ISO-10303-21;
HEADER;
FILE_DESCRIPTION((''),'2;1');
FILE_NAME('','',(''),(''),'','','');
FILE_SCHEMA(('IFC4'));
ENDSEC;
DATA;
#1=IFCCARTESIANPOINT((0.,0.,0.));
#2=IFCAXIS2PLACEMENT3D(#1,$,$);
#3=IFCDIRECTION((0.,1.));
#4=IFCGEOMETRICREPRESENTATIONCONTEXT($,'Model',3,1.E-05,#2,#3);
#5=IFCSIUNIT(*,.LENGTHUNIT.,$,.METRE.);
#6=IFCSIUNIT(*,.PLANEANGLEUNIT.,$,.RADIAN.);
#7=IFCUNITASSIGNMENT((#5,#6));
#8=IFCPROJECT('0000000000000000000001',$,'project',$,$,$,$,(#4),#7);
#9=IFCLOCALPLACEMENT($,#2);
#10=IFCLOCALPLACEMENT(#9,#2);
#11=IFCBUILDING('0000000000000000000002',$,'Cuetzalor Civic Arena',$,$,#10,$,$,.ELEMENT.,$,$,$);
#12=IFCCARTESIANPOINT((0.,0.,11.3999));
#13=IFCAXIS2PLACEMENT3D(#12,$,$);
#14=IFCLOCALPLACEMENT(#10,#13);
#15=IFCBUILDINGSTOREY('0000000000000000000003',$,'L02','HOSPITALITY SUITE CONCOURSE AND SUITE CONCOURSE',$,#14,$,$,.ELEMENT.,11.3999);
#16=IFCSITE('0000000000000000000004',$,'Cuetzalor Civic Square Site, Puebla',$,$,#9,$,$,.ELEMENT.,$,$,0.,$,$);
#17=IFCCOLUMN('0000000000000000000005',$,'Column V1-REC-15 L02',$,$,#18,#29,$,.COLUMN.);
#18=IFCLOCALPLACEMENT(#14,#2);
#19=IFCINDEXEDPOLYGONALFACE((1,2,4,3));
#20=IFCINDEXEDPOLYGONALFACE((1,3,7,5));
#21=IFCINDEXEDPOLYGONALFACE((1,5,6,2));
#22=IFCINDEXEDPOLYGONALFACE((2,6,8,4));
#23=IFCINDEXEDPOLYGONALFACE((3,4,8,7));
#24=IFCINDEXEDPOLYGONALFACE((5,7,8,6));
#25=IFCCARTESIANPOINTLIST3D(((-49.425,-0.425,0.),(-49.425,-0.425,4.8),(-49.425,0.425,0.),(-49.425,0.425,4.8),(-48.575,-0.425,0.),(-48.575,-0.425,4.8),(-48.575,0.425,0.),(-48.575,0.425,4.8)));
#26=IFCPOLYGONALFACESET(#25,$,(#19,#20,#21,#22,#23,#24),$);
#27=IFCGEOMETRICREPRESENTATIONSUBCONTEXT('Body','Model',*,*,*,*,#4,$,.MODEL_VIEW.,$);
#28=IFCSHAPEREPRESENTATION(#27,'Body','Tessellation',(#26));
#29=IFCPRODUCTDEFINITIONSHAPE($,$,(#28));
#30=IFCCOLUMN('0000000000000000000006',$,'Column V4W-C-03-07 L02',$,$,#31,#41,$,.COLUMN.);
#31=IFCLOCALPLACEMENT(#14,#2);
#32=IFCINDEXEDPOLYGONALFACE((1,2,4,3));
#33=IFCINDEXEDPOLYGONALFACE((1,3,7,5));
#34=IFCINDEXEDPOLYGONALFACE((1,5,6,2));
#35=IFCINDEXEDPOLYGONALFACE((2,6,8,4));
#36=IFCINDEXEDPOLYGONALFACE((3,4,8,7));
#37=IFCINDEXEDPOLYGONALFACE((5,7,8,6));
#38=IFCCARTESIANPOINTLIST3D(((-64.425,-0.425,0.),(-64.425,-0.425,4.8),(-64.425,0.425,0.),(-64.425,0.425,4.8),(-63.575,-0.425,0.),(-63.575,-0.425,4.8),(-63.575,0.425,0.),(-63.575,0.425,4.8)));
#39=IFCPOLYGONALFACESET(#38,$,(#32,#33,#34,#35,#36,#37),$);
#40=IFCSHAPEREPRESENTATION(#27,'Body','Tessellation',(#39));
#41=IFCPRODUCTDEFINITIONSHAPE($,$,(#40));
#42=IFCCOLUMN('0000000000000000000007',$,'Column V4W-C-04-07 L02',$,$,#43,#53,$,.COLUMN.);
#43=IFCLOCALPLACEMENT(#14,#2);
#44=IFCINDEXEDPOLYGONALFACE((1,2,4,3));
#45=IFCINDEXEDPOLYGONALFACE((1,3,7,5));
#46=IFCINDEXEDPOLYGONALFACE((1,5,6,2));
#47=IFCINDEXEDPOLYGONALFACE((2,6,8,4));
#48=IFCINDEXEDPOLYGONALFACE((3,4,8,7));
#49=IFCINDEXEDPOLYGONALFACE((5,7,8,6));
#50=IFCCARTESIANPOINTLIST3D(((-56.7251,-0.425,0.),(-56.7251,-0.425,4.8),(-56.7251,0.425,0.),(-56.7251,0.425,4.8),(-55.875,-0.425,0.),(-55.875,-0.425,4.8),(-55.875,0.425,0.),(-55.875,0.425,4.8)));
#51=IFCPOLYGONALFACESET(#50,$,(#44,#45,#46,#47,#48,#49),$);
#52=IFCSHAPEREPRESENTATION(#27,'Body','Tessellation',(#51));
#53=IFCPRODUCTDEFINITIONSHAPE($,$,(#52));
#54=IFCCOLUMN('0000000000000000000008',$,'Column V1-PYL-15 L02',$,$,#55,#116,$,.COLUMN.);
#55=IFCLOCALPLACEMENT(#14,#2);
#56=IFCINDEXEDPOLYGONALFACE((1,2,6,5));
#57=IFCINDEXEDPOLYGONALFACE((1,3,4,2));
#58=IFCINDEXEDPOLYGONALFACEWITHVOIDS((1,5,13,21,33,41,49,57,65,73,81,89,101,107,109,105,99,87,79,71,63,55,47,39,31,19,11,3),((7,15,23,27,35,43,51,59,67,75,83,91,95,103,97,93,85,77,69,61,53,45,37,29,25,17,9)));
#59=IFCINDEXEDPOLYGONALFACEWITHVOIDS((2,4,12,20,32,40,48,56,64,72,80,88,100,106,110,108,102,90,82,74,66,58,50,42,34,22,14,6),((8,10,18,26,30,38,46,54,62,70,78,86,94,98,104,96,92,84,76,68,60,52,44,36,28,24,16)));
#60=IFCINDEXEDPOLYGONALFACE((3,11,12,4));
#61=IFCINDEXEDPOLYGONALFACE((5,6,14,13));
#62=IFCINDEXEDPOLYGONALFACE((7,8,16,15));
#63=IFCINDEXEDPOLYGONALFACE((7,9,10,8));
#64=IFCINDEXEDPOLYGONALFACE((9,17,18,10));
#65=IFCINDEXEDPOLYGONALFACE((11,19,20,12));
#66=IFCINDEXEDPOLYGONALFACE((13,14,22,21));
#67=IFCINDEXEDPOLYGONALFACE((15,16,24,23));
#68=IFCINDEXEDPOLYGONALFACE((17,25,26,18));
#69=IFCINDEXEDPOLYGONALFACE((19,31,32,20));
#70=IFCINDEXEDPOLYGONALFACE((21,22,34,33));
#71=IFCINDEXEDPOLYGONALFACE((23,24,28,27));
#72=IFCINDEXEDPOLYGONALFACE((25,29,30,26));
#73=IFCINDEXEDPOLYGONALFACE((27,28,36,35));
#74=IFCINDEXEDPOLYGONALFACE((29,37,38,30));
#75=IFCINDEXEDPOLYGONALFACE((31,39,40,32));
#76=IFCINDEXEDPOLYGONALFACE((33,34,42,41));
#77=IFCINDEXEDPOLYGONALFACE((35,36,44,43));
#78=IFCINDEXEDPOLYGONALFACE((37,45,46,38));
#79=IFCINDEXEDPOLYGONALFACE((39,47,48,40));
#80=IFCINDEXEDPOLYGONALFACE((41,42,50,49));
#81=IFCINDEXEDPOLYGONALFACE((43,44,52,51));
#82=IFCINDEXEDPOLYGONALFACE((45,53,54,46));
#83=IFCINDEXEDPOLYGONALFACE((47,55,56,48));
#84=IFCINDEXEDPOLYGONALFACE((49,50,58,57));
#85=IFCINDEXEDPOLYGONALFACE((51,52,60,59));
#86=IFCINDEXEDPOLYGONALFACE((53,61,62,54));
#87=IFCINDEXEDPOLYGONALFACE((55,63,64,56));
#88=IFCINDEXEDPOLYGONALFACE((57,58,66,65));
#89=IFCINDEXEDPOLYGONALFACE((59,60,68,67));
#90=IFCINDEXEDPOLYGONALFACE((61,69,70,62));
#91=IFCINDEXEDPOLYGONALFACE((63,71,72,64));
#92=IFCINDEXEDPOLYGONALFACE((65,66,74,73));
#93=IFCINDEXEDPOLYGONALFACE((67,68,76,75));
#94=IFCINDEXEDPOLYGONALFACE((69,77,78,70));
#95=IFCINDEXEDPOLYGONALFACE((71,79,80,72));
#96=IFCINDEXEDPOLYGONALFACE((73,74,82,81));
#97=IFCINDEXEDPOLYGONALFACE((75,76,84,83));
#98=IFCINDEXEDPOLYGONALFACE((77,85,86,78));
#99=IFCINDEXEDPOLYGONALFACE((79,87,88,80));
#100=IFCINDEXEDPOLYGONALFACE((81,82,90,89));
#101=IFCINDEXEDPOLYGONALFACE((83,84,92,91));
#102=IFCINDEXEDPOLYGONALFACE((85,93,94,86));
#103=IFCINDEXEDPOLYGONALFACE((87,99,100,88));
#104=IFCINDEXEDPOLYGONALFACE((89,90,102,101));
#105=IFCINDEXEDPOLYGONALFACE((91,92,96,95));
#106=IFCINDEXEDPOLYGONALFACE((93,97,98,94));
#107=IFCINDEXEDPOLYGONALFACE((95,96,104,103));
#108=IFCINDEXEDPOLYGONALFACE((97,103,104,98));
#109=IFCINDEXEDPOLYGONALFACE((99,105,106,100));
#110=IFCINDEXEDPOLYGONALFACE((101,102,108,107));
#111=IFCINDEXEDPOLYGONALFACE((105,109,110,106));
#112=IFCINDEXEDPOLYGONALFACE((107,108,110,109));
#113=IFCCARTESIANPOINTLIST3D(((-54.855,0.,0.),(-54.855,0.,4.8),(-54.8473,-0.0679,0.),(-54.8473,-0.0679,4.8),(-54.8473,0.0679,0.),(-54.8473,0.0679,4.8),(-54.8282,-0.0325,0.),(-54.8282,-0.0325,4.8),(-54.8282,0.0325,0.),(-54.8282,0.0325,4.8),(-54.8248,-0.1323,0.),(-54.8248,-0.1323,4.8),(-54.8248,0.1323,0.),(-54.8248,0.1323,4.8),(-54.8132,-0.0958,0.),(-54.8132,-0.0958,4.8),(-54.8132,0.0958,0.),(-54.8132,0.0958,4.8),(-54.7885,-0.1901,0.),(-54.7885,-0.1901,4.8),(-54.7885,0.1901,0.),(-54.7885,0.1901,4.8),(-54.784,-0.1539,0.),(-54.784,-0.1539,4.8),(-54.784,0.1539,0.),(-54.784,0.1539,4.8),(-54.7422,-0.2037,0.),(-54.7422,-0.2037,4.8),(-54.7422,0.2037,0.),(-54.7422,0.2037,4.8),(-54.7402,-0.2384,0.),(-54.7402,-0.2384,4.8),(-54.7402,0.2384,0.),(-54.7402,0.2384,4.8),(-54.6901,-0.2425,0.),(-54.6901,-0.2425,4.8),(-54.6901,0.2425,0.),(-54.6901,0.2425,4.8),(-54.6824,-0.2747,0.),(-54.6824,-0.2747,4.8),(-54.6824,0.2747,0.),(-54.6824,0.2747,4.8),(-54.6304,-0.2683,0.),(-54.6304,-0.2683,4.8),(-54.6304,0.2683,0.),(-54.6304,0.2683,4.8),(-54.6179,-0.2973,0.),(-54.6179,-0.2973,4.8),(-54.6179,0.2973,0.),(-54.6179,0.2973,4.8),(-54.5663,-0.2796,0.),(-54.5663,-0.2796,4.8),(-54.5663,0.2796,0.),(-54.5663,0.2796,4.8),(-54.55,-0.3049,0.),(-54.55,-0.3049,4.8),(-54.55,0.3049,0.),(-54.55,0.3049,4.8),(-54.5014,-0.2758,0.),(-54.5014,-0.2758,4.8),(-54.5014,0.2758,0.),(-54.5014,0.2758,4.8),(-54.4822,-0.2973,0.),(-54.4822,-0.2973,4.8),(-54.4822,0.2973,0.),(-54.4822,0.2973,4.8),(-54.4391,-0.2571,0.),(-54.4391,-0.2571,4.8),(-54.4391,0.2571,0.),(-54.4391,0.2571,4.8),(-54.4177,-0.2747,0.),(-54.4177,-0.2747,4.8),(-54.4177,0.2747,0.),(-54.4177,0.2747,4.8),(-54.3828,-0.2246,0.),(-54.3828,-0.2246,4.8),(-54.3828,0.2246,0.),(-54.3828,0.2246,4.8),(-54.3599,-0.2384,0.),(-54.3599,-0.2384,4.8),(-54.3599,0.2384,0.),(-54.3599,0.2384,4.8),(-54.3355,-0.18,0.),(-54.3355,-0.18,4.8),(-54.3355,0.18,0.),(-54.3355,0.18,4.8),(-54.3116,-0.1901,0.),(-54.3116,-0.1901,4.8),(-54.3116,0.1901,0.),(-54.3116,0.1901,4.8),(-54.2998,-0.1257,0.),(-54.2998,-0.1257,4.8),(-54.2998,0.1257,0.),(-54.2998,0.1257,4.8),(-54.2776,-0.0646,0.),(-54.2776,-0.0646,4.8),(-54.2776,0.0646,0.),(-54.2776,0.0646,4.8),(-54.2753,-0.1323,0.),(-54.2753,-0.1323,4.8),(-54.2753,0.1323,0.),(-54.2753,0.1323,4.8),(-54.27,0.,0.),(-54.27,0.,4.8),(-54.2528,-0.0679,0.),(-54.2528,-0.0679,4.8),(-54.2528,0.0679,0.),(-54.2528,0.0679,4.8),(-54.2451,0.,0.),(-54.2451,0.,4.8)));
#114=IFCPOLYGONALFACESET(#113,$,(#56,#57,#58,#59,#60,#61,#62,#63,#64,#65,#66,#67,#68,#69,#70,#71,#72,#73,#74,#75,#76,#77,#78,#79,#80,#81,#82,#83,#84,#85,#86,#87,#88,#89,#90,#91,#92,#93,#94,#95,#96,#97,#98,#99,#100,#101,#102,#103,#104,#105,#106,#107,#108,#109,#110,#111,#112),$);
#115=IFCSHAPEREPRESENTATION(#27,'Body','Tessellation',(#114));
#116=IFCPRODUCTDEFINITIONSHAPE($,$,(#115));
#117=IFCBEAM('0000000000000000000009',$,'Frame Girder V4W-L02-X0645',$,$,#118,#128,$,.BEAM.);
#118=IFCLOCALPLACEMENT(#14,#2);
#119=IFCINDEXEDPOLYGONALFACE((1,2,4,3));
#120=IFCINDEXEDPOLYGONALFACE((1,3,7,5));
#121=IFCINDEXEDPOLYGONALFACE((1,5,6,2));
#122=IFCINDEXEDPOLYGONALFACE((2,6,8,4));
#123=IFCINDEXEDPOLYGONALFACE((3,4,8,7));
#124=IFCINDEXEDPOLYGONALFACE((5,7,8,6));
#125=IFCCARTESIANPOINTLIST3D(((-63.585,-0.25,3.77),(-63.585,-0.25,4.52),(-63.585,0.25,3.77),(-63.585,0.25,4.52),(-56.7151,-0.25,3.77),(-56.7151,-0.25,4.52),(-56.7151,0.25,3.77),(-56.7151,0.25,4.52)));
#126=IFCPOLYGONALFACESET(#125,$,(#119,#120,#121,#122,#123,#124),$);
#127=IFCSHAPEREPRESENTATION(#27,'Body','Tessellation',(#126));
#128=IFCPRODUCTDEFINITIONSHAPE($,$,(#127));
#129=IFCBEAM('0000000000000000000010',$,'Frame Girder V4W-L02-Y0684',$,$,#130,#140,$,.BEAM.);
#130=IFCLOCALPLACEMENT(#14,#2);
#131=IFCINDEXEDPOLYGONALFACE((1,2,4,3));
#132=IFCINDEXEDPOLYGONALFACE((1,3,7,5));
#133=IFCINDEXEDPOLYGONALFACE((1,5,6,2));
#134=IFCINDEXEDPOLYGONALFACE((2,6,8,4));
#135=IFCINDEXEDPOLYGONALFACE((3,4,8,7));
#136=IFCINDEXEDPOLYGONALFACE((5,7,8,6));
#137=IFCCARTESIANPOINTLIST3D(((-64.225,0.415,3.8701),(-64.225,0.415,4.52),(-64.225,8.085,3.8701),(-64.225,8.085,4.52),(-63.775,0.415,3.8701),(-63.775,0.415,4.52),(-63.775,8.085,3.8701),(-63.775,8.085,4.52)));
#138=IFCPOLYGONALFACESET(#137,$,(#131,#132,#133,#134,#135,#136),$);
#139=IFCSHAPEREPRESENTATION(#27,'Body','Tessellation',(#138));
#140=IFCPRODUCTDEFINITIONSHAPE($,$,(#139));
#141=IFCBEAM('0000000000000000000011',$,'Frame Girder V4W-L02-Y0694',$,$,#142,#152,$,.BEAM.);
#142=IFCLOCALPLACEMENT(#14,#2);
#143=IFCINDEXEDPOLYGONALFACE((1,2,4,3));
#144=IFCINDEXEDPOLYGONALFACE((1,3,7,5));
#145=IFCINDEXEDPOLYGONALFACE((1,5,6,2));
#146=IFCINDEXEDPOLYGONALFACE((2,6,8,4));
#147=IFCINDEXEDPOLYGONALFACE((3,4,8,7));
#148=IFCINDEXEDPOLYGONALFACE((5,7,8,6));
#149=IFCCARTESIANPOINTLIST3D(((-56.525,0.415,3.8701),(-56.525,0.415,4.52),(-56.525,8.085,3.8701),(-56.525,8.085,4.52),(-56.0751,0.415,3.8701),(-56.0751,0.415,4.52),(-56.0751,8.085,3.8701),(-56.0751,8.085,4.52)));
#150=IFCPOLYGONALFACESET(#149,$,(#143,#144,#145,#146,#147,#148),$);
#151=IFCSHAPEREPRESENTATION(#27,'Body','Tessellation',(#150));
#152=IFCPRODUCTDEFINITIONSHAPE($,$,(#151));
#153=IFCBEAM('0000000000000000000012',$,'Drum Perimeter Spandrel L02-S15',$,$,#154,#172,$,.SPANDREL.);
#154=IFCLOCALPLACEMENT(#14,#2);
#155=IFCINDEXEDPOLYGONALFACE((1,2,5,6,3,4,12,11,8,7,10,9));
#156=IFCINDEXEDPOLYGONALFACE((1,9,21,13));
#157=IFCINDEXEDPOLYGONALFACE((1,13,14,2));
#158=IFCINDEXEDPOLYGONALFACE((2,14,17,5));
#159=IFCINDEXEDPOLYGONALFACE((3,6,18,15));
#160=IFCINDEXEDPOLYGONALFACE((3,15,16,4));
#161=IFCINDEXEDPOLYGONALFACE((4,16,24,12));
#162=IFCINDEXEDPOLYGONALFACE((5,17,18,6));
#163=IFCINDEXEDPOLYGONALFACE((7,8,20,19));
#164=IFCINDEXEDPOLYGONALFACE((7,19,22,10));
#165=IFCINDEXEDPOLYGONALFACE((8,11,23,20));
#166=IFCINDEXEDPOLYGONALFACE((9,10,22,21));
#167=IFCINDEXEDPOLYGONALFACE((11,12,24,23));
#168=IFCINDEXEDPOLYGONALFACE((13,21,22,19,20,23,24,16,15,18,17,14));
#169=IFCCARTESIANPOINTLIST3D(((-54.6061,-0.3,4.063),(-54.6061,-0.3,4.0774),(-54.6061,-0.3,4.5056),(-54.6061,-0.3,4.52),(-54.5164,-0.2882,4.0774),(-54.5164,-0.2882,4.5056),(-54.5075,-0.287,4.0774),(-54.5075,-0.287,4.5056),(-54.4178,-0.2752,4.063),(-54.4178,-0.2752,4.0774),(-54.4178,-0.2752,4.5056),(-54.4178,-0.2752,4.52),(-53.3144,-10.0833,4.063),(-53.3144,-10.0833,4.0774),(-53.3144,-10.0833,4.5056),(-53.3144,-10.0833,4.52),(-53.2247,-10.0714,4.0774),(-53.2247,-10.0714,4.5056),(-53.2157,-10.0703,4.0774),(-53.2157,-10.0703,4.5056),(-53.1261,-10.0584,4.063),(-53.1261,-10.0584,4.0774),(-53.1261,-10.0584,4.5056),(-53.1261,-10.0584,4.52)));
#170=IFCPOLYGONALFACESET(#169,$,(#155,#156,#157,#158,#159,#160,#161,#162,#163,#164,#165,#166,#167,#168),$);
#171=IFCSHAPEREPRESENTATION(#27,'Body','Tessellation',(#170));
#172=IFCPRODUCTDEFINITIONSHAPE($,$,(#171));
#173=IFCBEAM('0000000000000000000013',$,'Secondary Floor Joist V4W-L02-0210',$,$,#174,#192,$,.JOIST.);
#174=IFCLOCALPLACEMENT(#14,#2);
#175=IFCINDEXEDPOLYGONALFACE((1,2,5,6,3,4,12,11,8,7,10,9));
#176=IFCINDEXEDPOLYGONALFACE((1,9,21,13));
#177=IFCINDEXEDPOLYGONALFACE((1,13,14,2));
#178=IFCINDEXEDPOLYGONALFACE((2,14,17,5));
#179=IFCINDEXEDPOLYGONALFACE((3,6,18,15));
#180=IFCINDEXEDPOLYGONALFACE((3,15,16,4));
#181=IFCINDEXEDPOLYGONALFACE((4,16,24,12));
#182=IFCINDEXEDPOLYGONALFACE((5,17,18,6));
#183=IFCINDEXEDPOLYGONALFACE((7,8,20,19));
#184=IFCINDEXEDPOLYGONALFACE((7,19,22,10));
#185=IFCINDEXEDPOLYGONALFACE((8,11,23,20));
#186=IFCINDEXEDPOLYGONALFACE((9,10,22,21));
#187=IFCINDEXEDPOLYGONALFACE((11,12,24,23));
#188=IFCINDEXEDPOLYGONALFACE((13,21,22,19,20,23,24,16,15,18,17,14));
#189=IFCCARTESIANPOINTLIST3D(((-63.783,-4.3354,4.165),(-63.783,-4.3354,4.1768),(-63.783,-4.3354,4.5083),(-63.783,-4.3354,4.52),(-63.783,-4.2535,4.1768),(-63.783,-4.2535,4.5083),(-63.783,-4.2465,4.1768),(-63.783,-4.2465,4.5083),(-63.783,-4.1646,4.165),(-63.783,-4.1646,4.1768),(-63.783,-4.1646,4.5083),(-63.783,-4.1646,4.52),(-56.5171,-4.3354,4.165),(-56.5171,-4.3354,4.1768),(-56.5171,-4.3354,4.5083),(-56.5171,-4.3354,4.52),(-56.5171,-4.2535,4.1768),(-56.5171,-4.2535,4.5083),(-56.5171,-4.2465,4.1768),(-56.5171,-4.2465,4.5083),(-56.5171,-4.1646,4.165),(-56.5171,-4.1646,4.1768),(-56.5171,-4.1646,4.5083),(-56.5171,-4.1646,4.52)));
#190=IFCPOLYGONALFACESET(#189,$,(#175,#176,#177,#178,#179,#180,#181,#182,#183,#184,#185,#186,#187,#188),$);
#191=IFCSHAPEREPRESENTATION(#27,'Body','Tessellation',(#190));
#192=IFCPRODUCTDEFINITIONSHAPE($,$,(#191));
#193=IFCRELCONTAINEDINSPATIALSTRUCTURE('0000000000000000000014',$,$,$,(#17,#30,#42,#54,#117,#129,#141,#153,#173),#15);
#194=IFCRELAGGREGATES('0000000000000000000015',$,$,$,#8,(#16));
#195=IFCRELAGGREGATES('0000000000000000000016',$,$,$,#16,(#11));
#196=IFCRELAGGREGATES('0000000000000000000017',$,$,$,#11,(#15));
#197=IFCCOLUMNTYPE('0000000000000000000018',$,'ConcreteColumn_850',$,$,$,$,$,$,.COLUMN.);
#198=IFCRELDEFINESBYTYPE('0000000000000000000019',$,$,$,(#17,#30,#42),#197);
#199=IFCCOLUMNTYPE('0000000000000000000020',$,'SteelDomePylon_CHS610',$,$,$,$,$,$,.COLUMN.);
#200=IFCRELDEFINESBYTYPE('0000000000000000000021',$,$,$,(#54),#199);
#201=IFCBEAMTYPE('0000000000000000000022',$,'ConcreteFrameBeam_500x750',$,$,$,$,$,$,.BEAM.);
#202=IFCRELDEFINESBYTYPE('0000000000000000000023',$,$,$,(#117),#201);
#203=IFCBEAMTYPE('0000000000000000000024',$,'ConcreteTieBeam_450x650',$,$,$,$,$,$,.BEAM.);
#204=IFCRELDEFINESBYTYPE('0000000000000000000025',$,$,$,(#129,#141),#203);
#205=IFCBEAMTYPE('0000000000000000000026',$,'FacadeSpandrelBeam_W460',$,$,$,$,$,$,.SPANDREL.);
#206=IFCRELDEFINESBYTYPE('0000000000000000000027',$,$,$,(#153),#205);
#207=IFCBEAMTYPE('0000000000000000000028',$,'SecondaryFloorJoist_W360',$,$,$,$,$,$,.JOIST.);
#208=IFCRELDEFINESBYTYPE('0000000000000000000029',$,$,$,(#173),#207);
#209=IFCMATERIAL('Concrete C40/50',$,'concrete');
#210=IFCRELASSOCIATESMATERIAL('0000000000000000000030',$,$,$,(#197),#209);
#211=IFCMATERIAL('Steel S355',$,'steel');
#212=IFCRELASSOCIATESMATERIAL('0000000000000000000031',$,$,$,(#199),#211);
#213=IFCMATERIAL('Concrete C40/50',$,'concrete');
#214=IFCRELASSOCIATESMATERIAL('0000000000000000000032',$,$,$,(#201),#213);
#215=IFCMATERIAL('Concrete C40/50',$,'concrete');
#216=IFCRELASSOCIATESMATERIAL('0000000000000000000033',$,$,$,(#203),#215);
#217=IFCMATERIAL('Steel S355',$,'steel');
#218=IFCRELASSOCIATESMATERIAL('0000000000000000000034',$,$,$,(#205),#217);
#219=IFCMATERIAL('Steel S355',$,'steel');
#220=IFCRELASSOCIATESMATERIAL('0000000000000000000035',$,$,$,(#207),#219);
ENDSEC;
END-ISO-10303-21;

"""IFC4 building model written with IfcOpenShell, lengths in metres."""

from ifc_helpers import new_model, si_unit, direction, frame, origin, origin_2d, place, context, subcontext, project, spatial, rectangle, hollow_circle, i_section, extrude, material, material_profile, profile_set, type_object, element, save


model = new_model("IFC4")

# Units and contexts
model_context = context("Model", 3, precision=1e-05, world=origin(), true_north=direction((0.0, 1.0)))
body_context = subcontext(model_context, "Body", "Model", "MODEL_VIEW")
ifc_project = project(units=[si_unit("LENGTHUNIT", "METRE"), si_unit("PLANEANGLEUNIT", "RADIAN")], contexts=[model_context])

# Site, building, storey
site_placement = place(None, origin())
site = spatial("IfcSite", under=ifc_project, at=site_placement, Name="Cuetzalor Civic Square Site, Puebla", CompositionType="ELEMENT", RefElevation=0.0)
building_placement = place(site_placement, origin())
building = spatial("IfcBuilding", under=site, at=building_placement, Name="Cuetzalor Civic Arena", CompositionType="ELEMENT")
storey_placement = place(building_placement, frame((0.0, 0.0, 11.3999)))
storey = spatial("IfcBuildingStorey", under=building, at=storey_placement, Name="L02", Description="HOSPITALITY SUITE CONCOURSE AND SUITE CONCOURSE", CompositionType="ELEMENT", Elevation=11.3999)

# Columns
ifc_material_1 = material(Name="Concrete C40/50", Category="concrete")
ifc_material_profile_1 = material_profile(ifc_material_1, rectangle(XDim=0.8501, YDim=0.8501, at=origin_2d()), Name="RC 850x850")
ifc_profile_set_1 = profile_set([ifc_material_profile_1], Name="Concrete C40/50")
column_type_1 = type_object("IfcColumnType", Name="ConcreteColumn_850", PredefinedType="COLUMN", material=ifc_profile_set_1)
for number, where, z_axis, x_axis, name in (
    (1, (-49.0, 0.0, 0.0), (0.0, 0.0, 1.0), (1.0, 0.0, 0.0), "Column V1-REC-15 L02"),
    (2, (-64.0, 0.0, 0.0), (0.0, 0.0, 1.0), (1.0, 0.0, 0.0), "Column V4W-C-03-07 L02"),
    (3, (-56.3, 0.0, 0.0), (0.0, 0.0, 1.0), (1.0, 0.0, 0.0), "Column V4W-C-04-07 L02"),
):
    element("IfcColumn", number, at=place(storey_placement, frame(where, z_axis=z_axis, x_axis=x_axis)), inside=storey, type_object=column_type_1, Name=name, PredefinedType="COLUMN", context=body_context, shape_type="SweptSolid", body=[
        extrude(rectangle(XDim=0.8501, YDim=0.8501, at=origin_2d()), origin(), (0.0, 0.0, 1.0), 4.8),
    ])
ifc_material_2 = material(Name="Steel S355", Category="steel")
ifc_material_profile_2 = material_profile(ifc_material_2, hollow_circle(Radius=0.3049, WallThickness=0.0249, at=origin_2d()), Name="CHS 610x25")
ifc_profile_set_2 = profile_set([ifc_material_profile_2], Name="Steel S355")
column_type_2 = type_object("IfcColumnType", Name="SteelDomePylon_CHS610", PredefinedType="COLUMN", material=ifc_profile_set_2)
column_placement = place(storey_placement, frame((-54.55, 0.0, 0.0), z_axis=(0.0, 0.0, 1.0), x_axis=(1.0, 0.0, 0.0)))
element("IfcColumn", 4, at=column_placement, inside=storey, type_object=column_type_2, Name="Column V1-PYL-15 L02", PredefinedType="COLUMN", context=body_context, shape_type="SweptSolid", body=[
    extrude(hollow_circle(Radius=0.3049, WallThickness=0.0249, at=origin_2d()), origin(), (0.0, 0.0, 1.0), 4.8),
])

# Beams
ifc_material_3 = material(Name="Concrete C40/50", Category="concrete")
ifc_material_profile_3 = material_profile(ifc_material_3, rectangle(XDim=0.5, YDim=0.75, at=origin_2d()), Name="RC 500x750")
ifc_profile_set_3 = profile_set([ifc_material_profile_3], Name="Concrete C40/50")
beam_type_1 = type_object("IfcBeamType", Name="ConcreteFrameBeam_500x750", PredefinedType="BEAM", material=ifc_profile_set_3)
beam_1_placement = place(storey_placement, frame((-63.585, 0.0, 4.145), z_axis=(1.0, 0.0, 0.0), x_axis=(0.0, 1.0, 0.0)))
element("IfcBeam", 5, at=beam_1_placement, inside=storey, type_object=beam_type_1, Name="Frame Girder V4W-L02-X0645", PredefinedType="BEAM", context=body_context, shape_type="SweptSolid", body=[
    extrude(rectangle(XDim=0.5, YDim=0.75, at=origin_2d()), origin(), (0.0, 0.0, 1.0), 6.8699),
])
ifc_material_4 = material(Name="Concrete C40/50", Category="concrete")
ifc_material_profile_4 = material_profile(ifc_material_4, rectangle(XDim=0.45, YDim=0.6499, at=origin_2d()), Name="RC 450x650")
ifc_profile_set_4 = profile_set([ifc_material_profile_4], Name="Concrete C40/50")
beam_type_2 = type_object("IfcBeamType", Name="ConcreteTieBeam_450x650", PredefinedType="BEAM", material=ifc_profile_set_4)
for number, where, z_axis, x_axis, name in (
    (6, (-64.0, 0.415, 4.1951), (0.0, 1.0, 0.0), (-1.0, 0.0, 0.0), "Frame Girder V4W-L02-Y0684"),
    (7, (-56.3, 0.415, 4.1951), (0.0, 1.0, 0.0), (-1.0, 0.0, 0.0), "Frame Girder V4W-L02-Y0694"),
):
    element("IfcBeam", number, at=place(storey_placement, frame(where, z_axis=z_axis, x_axis=x_axis)), inside=storey, type_object=beam_type_2, Name=name, PredefinedType="BEAM", context=body_context, shape_type="SweptSolid", body=[
        extrude(rectangle(XDim=0.45, YDim=0.6499, at=origin_2d()), origin(), (0.0, 0.0, 1.0), 7.6699),
    ])
ifc_material_5 = material(Name="Steel S355", Category="steel")
ifc_material_profile_5 = material_profile(ifc_material_5, i_section(OverallWidth=0.1899, OverallDepth=0.457, WebThickness=0.009, FlangeThickness=0.0144, at=origin_2d()), Name="W460x74")
ifc_profile_set_5 = profile_set([ifc_material_profile_5], Name="Steel S355")
beam_type_3 = type_object("IfcBeamType", Name="FacadeSpandrelBeam_W460", PredefinedType="SPANDREL", material=ifc_profile_set_5)
beam_2_placement = place(storey_placement, frame((-54.512, -0.2876, 4.2915), z_axis=(0.130901, -0.991395, 0.0), x_axis=(0.991395, 0.130901, 0.0)))
element("IfcBeam", 8, at=beam_2_placement, inside=storey, type_object=beam_type_3, Name="Drum Perimeter Spandrel L02-S15", PredefinedType="SPANDREL", context=body_context, shape_type="SweptSolid", body=[
    extrude(i_section(OverallWidth=0.1899, OverallDepth=0.457, WebThickness=0.009, FlangeThickness=0.0144, at=origin_2d()), origin(), (0.0, 0.0, 1.0), 9.8682),
])
ifc_material_6 = material(Name="Steel S355", Category="steel")
ifc_material_profile_6 = material_profile(ifc_material_6, i_section(OverallWidth=0.1709, OverallDepth=0.355, WebThickness=0.0071, FlangeThickness=0.0117, at=origin_2d()), Name="W360x51")
ifc_profile_set_6 = profile_set([ifc_material_profile_6], Name="Steel S355")
beam_type_4 = type_object("IfcBeamType", Name="SecondaryFloorJoist_W360", PredefinedType="JOIST", material=ifc_profile_set_6)
for number, where, z_axis, x_axis, name in (
    (9, (-63.783, -4.25, 4.3425), (1.0, 0.0, 0.0), (0.0, 1.0, 0.0), "Secondary Floor Joist V4W-L02-0210"),
):
    element("IfcBeam", number, at=place(storey_placement, frame(where, z_axis=z_axis, x_axis=x_axis)), inside=storey, type_object=beam_type_4, Name=name, PredefinedType="JOIST", context=body_context, shape_type="SweptSolid", body=[
        extrude(i_section(OverallWidth=0.1709, OverallDepth=0.355, WebThickness=0.0071, FlangeThickness=0.0117, at=origin_2d()), origin(), (0.0, 0.0, 1.0), 7.2659),
    ])

save(model, "model.ifc")
